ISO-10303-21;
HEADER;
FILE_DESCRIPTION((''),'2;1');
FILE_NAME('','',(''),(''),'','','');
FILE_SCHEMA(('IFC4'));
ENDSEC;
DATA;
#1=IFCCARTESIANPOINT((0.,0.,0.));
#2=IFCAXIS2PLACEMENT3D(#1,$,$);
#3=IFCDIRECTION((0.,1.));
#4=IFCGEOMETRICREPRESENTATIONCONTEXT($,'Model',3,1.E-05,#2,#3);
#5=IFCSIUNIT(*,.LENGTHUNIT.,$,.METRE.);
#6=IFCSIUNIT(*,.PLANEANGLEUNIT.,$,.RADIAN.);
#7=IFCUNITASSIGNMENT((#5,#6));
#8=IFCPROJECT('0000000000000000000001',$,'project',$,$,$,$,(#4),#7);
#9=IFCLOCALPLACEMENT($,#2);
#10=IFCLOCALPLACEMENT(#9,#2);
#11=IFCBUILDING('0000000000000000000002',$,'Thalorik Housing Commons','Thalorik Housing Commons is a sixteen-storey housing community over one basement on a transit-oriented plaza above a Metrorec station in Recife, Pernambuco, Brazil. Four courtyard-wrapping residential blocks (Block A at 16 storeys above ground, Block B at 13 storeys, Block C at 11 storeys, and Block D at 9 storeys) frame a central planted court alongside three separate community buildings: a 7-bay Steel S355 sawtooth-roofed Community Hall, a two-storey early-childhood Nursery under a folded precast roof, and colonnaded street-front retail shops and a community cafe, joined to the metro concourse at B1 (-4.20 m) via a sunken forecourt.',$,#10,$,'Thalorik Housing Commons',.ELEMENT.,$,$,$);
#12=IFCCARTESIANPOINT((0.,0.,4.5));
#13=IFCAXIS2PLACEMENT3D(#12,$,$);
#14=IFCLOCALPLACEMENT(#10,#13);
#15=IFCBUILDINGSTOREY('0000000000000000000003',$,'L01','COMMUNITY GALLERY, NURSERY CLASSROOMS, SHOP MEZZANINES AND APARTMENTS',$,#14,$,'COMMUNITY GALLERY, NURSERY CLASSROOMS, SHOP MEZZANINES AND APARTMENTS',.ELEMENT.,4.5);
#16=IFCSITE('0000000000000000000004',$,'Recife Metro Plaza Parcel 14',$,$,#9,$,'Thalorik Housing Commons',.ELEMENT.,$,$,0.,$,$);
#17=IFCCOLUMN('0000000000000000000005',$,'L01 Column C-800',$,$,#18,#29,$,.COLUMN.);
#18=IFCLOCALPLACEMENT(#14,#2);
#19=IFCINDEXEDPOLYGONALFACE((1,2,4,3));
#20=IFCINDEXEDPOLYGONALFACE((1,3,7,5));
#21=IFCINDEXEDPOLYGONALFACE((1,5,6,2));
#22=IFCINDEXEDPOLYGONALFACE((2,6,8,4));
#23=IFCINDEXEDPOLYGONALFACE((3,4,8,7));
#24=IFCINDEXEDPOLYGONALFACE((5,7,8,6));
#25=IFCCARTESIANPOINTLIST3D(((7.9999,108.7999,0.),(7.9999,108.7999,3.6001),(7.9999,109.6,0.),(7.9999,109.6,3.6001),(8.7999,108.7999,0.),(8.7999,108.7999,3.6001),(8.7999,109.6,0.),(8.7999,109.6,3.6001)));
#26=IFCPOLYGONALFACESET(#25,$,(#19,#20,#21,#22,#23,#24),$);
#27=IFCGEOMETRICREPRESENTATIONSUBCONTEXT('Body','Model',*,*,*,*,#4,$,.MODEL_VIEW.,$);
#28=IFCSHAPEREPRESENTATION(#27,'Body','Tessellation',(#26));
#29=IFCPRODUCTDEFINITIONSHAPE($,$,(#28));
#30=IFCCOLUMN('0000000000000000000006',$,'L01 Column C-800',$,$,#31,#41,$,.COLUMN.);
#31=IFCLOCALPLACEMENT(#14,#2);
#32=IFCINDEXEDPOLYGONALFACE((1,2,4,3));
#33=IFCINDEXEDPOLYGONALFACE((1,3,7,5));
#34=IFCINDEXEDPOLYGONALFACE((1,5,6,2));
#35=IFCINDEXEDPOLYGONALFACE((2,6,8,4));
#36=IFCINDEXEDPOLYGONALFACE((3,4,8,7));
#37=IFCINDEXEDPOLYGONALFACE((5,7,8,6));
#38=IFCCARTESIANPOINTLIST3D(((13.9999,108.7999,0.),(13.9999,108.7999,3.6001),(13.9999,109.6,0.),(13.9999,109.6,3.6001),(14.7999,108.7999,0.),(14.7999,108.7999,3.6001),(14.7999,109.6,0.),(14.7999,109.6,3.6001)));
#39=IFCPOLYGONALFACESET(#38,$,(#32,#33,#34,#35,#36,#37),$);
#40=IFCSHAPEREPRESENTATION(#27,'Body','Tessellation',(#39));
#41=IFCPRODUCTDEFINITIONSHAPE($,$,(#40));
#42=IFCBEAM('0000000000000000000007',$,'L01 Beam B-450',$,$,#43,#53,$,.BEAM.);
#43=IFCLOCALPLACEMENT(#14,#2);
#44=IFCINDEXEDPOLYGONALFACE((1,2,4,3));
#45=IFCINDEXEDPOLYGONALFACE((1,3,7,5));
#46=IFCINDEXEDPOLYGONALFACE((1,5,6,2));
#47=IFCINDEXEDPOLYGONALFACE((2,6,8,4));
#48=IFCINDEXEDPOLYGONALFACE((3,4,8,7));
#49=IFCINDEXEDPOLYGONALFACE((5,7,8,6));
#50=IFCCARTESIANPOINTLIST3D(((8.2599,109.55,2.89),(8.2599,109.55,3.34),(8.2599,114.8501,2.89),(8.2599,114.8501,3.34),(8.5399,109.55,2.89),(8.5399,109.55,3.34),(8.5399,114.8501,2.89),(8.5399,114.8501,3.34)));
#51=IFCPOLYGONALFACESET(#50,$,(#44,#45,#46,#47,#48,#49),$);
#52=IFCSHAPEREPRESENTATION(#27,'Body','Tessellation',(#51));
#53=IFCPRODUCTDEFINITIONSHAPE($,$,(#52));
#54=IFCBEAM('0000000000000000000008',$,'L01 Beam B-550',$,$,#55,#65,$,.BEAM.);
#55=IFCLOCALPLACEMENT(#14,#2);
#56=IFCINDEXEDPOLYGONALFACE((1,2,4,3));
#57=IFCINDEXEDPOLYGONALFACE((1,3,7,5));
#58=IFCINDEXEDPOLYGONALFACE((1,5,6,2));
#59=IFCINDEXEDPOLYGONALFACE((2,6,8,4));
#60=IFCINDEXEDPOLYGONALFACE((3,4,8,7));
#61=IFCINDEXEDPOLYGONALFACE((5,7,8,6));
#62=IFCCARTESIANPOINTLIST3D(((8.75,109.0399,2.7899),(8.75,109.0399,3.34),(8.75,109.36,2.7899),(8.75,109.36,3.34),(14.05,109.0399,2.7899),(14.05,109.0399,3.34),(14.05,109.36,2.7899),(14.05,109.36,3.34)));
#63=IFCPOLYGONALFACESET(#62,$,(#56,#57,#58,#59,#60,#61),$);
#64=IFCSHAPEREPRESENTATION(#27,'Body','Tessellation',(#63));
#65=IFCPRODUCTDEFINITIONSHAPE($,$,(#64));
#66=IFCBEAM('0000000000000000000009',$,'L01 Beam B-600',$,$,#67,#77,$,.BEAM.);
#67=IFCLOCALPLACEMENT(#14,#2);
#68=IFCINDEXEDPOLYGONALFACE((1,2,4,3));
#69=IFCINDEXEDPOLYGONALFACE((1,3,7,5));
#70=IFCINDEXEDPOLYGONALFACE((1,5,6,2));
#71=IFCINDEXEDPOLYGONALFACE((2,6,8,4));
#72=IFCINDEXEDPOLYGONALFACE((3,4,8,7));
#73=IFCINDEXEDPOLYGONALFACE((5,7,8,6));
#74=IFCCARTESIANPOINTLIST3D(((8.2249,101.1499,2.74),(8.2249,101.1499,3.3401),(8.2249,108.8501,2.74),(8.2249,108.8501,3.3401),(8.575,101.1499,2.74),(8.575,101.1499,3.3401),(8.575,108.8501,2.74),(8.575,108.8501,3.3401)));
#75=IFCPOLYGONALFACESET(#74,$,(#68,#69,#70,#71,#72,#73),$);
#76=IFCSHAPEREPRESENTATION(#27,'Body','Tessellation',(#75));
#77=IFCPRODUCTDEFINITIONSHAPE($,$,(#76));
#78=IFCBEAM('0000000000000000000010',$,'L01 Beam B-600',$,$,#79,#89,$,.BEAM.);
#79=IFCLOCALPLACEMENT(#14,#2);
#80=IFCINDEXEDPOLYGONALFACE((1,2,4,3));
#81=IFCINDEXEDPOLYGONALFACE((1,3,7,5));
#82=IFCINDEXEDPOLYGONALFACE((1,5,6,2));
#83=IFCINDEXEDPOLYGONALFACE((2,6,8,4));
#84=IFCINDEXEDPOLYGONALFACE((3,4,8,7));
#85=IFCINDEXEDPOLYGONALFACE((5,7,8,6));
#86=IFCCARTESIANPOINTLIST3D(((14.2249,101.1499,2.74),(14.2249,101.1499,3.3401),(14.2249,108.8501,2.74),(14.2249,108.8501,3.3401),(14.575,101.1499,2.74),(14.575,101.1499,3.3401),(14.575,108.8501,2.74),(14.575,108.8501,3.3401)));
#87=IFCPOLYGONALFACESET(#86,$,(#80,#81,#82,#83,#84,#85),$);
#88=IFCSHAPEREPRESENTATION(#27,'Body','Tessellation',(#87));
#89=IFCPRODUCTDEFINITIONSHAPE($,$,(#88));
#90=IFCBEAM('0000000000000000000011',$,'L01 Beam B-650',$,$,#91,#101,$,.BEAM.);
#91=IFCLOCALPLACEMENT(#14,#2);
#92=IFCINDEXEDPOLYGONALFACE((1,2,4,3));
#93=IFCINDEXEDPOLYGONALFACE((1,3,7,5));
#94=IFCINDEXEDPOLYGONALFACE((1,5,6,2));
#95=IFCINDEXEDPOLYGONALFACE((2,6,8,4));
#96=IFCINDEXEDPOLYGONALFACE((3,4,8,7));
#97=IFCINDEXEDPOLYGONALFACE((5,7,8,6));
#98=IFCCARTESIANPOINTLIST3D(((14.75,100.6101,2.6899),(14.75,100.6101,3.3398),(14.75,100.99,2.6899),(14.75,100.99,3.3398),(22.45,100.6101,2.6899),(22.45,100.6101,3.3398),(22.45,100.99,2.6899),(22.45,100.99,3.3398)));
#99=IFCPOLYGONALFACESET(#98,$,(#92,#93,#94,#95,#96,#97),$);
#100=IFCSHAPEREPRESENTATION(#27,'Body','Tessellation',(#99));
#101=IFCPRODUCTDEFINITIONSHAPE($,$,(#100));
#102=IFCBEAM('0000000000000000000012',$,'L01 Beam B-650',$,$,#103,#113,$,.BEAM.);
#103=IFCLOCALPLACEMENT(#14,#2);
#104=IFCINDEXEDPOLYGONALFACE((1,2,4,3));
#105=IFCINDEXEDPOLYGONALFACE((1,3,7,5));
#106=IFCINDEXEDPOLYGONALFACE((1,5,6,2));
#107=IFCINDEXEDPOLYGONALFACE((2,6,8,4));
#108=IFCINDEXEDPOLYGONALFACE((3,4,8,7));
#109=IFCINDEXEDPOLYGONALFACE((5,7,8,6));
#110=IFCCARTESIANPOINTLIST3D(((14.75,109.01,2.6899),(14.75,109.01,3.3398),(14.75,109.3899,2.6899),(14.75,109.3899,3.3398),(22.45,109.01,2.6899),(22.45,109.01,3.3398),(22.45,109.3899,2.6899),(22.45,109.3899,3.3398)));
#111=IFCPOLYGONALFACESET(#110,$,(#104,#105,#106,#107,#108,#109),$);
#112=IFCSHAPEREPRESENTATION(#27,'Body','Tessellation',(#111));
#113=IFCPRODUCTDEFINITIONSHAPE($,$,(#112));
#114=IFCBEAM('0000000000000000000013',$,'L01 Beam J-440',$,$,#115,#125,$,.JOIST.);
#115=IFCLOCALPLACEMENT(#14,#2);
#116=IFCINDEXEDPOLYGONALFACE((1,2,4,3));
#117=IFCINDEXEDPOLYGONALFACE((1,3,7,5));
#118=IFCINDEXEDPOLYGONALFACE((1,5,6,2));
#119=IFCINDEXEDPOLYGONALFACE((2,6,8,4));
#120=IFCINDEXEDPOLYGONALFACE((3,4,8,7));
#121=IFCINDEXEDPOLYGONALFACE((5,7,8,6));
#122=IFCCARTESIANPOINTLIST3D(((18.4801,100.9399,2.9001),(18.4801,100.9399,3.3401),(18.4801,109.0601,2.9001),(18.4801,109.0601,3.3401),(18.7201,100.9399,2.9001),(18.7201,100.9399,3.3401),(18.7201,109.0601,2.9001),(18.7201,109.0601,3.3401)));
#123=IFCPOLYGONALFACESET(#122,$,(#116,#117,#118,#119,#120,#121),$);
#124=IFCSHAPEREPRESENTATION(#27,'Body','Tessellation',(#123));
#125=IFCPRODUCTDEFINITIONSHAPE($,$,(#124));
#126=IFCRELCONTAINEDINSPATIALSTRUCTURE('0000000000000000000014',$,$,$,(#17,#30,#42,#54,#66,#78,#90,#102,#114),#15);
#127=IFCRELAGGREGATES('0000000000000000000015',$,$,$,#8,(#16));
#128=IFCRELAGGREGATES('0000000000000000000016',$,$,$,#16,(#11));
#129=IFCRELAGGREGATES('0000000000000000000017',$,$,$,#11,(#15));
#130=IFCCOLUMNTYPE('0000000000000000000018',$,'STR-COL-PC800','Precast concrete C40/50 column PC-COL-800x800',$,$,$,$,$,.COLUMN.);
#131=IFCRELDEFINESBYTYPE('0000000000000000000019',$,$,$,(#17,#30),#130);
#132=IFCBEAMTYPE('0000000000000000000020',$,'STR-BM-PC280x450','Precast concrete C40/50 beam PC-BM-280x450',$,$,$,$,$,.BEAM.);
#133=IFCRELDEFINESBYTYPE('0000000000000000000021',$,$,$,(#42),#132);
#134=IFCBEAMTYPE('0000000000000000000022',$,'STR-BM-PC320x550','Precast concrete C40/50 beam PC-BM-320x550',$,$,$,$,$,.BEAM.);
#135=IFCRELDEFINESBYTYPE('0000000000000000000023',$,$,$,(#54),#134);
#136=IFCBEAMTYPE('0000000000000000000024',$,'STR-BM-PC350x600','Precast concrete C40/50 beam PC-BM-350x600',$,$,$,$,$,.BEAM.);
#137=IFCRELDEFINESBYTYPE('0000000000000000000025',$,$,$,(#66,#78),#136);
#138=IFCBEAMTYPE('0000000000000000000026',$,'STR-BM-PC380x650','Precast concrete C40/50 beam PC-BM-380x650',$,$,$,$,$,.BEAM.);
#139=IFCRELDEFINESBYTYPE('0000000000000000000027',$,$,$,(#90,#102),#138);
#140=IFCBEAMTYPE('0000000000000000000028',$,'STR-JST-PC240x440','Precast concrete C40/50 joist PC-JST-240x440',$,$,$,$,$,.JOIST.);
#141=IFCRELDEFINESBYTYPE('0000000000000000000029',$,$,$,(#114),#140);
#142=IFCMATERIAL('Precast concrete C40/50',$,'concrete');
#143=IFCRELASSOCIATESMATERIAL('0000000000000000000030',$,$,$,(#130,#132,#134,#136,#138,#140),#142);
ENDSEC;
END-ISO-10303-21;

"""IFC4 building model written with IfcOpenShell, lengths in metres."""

from ifc_helpers import new_model, si_unit, direction, frame, origin, origin_2d, place, context, subcontext, project, spatial, rectangle, extrude, material, material_profile, profile_set, type_object, element, save


model = new_model("IFC4")

# Units and contexts
model_context = context("Model", 3, precision=1e-05, world=origin(), true_north=direction((0.0, 1.0)))
body_context = subcontext(model_context, "Body", "Model", "MODEL_VIEW")
ifc_project = project(units=[si_unit("LENGTHUNIT", "METRE"), si_unit("PLANEANGLEUNIT", "RADIAN")], contexts=[model_context])

# Site, building, storey
site_placement = place(None, origin())
site = spatial("IfcSite", under=ifc_project, at=site_placement, Name="Recife Metro Plaza Parcel 14", LongName="Thalorik Housing Commons", CompositionType="ELEMENT", RefElevation=0.0)
building_placement = place(site_placement, origin())
building = spatial("IfcBuilding", under=site, at=building_placement, Name="Thalorik Housing Commons", Description="Thalorik Housing Commons is a sixteen-storey housing community over one basement on a transit-oriented plaza above a Metrorec station in Recife, Pernambuco, Brazil. Four courtyard-wrapping residential blocks (Block A at 16 storeys above ground, Block B at 13 storeys, Block C at 11 storeys, and Block D at 9 storeys) frame a central planted court alongside three separate community buildings: a 7-bay Steel S355 sawtooth-roofed Community Hall, a two-storey early-childhood Nursery under a folded precast roof, and colonnaded street-front retail shops and a community cafe, joined to the metro concourse at B1 (-4.20 m) via a sunken forecourt.", LongName="Thalorik Housing Commons", CompositionType="ELEMENT")
storey_placement = place(building_placement, frame((0.0, 0.0, 4.5)))
storey = spatial("IfcBuildingStorey", under=building, at=storey_placement, Name="L01", Description="COMMUNITY GALLERY, NURSERY CLASSROOMS, SHOP MEZZANINES AND APARTMENTS", LongName="COMMUNITY GALLERY, NURSERY CLASSROOMS, SHOP MEZZANINES AND APARTMENTS", CompositionType="ELEMENT", Elevation=4.5)

# Columns
ifc_material_1 = material(Name="Precast concrete C40/50", Category="concrete")
ifc_material_profile_1 = material_profile(ifc_material_1, rectangle(XDim=0.8, YDim=0.8, at=origin_2d()), Name="PC 800x800", Category="concrete")
ifc_profile_set_1 = profile_set([ifc_material_profile_1], Name="Precast concrete C40/50")
column_type = type_object("IfcColumnType", Name="STR-COL-PC800", Description="Precast concrete C40/50 column PC-COL-800x800", PredefinedType="COLUMN", material=ifc_profile_set_1)
for number, where, z_axis, x_axis, name in (
    (1, (8.3999, 109.2, 0.0), (0.0, 0.0, 1.0), (1.0, 0.0, 0.0), "L01 Column C-800"),
    (2, (14.3999, 109.2, 0.0), (0.0, 0.0, 1.0), (1.0, 0.0, 0.0), "L01 Column C-800"),
):
    element("IfcColumn", number, at=place(storey_placement, frame(where, z_axis=z_axis, x_axis=x_axis)), inside=storey, type_object=column_type, Name=name, PredefinedType="COLUMN", context=body_context, shape_type="SweptSolid", body=[
        extrude(rectangle(XDim=0.8, YDim=0.8, at=origin_2d()), origin(), (0.0, 0.0, 1.0), 3.6001),
    ])

# Beams
ifc_material_profile_2 = material_profile(ifc_material_1, rectangle(XDim=0.28, YDim=0.45, at=origin_2d()), Name="PC 280x450", Category="concrete")
ifc_profile_set_2 = profile_set([ifc_material_profile_2], Name="Precast concrete C40/50")
beam_type_1 = type_object("IfcBeamType", Name="STR-BM-PC280x450", Description="Precast concrete C40/50 beam PC-BM-280x450", PredefinedType="BEAM", material=ifc_profile_set_2)
beam_1_placement = place(storey_placement, frame((8.3999, 109.55, 3.115), z_axis=(0.0, 1.0, 0.0), x_axis=(-1.0, 0.0, 0.0)))
element("IfcBeam", 3, at=beam_1_placement, inside=storey, type_object=beam_type_1, Name="L01 Beam B-450", PredefinedType="BEAM", context=body_context, shape_type="SweptSolid", body=[
    extrude(rectangle(XDim=0.28, YDim=0.45, at=origin_2d()), origin(), (0.0, 0.0, 1.0), 5.3),
])
ifc_material_profile_3 = material_profile(ifc_material_1, rectangle(XDim=0.3201, YDim=0.55, at=origin_2d()), Name="PC 320x550", Category="concrete")
ifc_profile_set_3 = profile_set([ifc_material_profile_3], Name="Precast concrete C40/50")
beam_type_2 = type_object("IfcBeamType", Name="STR-BM-PC320x550", Description="Precast concrete C40/50 beam PC-BM-320x550", PredefinedType="BEAM", material=ifc_profile_set_3)
beam_2_placement = place(storey_placement, frame((8.75, 109.2, 3.0649), z_axis=(1.0, 0.0, 0.0), x_axis=(0.0, 1.0, 0.0)))
element("IfcBeam", 4, at=beam_2_placement, inside=storey, type_object=beam_type_2, Name="L01 Beam B-550", PredefinedType="BEAM", context=body_context, shape_type="SweptSolid", body=[
    extrude(rectangle(XDim=0.3201, YDim=0.55, at=origin_2d()), origin(), (0.0, 0.0, 1.0), 5.3),
])
ifc_material_profile_4 = material_profile(ifc_material_1, rectangle(XDim=0.3501, YDim=0.6001, at=origin_2d()), Name="PC 350x600", Category="concrete")
ifc_profile_set_4 = profile_set([ifc_material_profile_4], Name="Precast concrete C40/50")
beam_type_3 = type_object("IfcBeamType", Name="STR-BM-PC350x600", Description="Precast concrete C40/50 beam PC-BM-350x600", PredefinedType="BEAM", material=ifc_profile_set_4)
for number, where, z_axis, x_axis, name in (
    (5, (8.3999, 101.1499, 3.04), (0.0, 1.0, 0.0), (-1.0, 0.0, 0.0), "L01 Beam B-600"),
    (6, (14.3999, 101.1499, 3.04), (0.0, 1.0, 0.0), (-1.0, 0.0, 0.0), "L01 Beam B-600"),
):
    element("IfcBeam", number, at=place(storey_placement, frame(where, z_axis=z_axis, x_axis=x_axis)), inside=storey, type_object=beam_type_3, Name=name, PredefinedType="BEAM", context=body_context, shape_type="SweptSolid", body=[
        extrude(rectangle(XDim=0.3501, YDim=0.6001, at=origin_2d()), origin(), (0.0, 0.0, 1.0), 7.7002),
    ])
ifc_material_profile_5 = material_profile(ifc_material_1, rectangle(XDim=0.3799, YDim=0.6499, at=origin_2d()), Name="PC 380x650", Category="concrete")
ifc_profile_set_5 = profile_set([ifc_material_profile_5], Name="Precast concrete C40/50")
beam_type_4 = type_object("IfcBeamType", Name="STR-BM-PC380x650", Description="Precast concrete C40/50 beam PC-BM-380x650", PredefinedType="BEAM", material=ifc_profile_set_5)
for number, where, z_axis, x_axis, name in (
    (7, (14.75, 100.8, 3.0149), (1.0, 0.0, 0.0), (0.0, 1.0, 0.0), "L01 Beam B-650"),
    (8, (14.75, 109.2, 3.0149), (1.0, 0.0, 0.0), (0.0, 1.0, 0.0), "L01 Beam B-650"),
):
    element("IfcBeam", number, at=place(storey_placement, frame(where, z_axis=z_axis, x_axis=x_axis)), inside=storey, type_object=beam_type_4, Name=name, PredefinedType="BEAM", context=body_context, shape_type="SweptSolid", body=[
        extrude(rectangle(XDim=0.3799, YDim=0.6499, at=origin_2d()), origin(), (0.0, 0.0, 1.0), 7.7),
    ])
ifc_material_profile_6 = material_profile(ifc_material_1, rectangle(XDim=0.24, YDim=0.4399, at=origin_2d()), Name="PC JST 240x440", Category="concrete")
ifc_profile_set_6 = profile_set([ifc_material_profile_6], Name="Precast concrete C40/50")
beam_type_5 = type_object("IfcBeamType", Name="STR-JST-PC240x440", Description="Precast concrete C40/50 joist PC-JST-240x440", PredefinedType="JOIST", material=ifc_profile_set_6)
beam_3_placement = place(storey_placement, frame((18.6001, 100.9399, 3.1201), z_axis=(0.0, 1.0, 0.0), x_axis=(-1.0, 0.0, 0.0)))
element("IfcBeam", 9, at=beam_3_placement, inside=storey, type_object=beam_type_5, Name="L01 Beam J-440", PredefinedType="JOIST", context=body_context, shape_type="SweptSolid", body=[
    extrude(rectangle(XDim=0.24, YDim=0.4399, at=origin_2d()), origin(), (0.0, 0.0, 1.0), 8.1201),
])

save(model, "model.ifc")
